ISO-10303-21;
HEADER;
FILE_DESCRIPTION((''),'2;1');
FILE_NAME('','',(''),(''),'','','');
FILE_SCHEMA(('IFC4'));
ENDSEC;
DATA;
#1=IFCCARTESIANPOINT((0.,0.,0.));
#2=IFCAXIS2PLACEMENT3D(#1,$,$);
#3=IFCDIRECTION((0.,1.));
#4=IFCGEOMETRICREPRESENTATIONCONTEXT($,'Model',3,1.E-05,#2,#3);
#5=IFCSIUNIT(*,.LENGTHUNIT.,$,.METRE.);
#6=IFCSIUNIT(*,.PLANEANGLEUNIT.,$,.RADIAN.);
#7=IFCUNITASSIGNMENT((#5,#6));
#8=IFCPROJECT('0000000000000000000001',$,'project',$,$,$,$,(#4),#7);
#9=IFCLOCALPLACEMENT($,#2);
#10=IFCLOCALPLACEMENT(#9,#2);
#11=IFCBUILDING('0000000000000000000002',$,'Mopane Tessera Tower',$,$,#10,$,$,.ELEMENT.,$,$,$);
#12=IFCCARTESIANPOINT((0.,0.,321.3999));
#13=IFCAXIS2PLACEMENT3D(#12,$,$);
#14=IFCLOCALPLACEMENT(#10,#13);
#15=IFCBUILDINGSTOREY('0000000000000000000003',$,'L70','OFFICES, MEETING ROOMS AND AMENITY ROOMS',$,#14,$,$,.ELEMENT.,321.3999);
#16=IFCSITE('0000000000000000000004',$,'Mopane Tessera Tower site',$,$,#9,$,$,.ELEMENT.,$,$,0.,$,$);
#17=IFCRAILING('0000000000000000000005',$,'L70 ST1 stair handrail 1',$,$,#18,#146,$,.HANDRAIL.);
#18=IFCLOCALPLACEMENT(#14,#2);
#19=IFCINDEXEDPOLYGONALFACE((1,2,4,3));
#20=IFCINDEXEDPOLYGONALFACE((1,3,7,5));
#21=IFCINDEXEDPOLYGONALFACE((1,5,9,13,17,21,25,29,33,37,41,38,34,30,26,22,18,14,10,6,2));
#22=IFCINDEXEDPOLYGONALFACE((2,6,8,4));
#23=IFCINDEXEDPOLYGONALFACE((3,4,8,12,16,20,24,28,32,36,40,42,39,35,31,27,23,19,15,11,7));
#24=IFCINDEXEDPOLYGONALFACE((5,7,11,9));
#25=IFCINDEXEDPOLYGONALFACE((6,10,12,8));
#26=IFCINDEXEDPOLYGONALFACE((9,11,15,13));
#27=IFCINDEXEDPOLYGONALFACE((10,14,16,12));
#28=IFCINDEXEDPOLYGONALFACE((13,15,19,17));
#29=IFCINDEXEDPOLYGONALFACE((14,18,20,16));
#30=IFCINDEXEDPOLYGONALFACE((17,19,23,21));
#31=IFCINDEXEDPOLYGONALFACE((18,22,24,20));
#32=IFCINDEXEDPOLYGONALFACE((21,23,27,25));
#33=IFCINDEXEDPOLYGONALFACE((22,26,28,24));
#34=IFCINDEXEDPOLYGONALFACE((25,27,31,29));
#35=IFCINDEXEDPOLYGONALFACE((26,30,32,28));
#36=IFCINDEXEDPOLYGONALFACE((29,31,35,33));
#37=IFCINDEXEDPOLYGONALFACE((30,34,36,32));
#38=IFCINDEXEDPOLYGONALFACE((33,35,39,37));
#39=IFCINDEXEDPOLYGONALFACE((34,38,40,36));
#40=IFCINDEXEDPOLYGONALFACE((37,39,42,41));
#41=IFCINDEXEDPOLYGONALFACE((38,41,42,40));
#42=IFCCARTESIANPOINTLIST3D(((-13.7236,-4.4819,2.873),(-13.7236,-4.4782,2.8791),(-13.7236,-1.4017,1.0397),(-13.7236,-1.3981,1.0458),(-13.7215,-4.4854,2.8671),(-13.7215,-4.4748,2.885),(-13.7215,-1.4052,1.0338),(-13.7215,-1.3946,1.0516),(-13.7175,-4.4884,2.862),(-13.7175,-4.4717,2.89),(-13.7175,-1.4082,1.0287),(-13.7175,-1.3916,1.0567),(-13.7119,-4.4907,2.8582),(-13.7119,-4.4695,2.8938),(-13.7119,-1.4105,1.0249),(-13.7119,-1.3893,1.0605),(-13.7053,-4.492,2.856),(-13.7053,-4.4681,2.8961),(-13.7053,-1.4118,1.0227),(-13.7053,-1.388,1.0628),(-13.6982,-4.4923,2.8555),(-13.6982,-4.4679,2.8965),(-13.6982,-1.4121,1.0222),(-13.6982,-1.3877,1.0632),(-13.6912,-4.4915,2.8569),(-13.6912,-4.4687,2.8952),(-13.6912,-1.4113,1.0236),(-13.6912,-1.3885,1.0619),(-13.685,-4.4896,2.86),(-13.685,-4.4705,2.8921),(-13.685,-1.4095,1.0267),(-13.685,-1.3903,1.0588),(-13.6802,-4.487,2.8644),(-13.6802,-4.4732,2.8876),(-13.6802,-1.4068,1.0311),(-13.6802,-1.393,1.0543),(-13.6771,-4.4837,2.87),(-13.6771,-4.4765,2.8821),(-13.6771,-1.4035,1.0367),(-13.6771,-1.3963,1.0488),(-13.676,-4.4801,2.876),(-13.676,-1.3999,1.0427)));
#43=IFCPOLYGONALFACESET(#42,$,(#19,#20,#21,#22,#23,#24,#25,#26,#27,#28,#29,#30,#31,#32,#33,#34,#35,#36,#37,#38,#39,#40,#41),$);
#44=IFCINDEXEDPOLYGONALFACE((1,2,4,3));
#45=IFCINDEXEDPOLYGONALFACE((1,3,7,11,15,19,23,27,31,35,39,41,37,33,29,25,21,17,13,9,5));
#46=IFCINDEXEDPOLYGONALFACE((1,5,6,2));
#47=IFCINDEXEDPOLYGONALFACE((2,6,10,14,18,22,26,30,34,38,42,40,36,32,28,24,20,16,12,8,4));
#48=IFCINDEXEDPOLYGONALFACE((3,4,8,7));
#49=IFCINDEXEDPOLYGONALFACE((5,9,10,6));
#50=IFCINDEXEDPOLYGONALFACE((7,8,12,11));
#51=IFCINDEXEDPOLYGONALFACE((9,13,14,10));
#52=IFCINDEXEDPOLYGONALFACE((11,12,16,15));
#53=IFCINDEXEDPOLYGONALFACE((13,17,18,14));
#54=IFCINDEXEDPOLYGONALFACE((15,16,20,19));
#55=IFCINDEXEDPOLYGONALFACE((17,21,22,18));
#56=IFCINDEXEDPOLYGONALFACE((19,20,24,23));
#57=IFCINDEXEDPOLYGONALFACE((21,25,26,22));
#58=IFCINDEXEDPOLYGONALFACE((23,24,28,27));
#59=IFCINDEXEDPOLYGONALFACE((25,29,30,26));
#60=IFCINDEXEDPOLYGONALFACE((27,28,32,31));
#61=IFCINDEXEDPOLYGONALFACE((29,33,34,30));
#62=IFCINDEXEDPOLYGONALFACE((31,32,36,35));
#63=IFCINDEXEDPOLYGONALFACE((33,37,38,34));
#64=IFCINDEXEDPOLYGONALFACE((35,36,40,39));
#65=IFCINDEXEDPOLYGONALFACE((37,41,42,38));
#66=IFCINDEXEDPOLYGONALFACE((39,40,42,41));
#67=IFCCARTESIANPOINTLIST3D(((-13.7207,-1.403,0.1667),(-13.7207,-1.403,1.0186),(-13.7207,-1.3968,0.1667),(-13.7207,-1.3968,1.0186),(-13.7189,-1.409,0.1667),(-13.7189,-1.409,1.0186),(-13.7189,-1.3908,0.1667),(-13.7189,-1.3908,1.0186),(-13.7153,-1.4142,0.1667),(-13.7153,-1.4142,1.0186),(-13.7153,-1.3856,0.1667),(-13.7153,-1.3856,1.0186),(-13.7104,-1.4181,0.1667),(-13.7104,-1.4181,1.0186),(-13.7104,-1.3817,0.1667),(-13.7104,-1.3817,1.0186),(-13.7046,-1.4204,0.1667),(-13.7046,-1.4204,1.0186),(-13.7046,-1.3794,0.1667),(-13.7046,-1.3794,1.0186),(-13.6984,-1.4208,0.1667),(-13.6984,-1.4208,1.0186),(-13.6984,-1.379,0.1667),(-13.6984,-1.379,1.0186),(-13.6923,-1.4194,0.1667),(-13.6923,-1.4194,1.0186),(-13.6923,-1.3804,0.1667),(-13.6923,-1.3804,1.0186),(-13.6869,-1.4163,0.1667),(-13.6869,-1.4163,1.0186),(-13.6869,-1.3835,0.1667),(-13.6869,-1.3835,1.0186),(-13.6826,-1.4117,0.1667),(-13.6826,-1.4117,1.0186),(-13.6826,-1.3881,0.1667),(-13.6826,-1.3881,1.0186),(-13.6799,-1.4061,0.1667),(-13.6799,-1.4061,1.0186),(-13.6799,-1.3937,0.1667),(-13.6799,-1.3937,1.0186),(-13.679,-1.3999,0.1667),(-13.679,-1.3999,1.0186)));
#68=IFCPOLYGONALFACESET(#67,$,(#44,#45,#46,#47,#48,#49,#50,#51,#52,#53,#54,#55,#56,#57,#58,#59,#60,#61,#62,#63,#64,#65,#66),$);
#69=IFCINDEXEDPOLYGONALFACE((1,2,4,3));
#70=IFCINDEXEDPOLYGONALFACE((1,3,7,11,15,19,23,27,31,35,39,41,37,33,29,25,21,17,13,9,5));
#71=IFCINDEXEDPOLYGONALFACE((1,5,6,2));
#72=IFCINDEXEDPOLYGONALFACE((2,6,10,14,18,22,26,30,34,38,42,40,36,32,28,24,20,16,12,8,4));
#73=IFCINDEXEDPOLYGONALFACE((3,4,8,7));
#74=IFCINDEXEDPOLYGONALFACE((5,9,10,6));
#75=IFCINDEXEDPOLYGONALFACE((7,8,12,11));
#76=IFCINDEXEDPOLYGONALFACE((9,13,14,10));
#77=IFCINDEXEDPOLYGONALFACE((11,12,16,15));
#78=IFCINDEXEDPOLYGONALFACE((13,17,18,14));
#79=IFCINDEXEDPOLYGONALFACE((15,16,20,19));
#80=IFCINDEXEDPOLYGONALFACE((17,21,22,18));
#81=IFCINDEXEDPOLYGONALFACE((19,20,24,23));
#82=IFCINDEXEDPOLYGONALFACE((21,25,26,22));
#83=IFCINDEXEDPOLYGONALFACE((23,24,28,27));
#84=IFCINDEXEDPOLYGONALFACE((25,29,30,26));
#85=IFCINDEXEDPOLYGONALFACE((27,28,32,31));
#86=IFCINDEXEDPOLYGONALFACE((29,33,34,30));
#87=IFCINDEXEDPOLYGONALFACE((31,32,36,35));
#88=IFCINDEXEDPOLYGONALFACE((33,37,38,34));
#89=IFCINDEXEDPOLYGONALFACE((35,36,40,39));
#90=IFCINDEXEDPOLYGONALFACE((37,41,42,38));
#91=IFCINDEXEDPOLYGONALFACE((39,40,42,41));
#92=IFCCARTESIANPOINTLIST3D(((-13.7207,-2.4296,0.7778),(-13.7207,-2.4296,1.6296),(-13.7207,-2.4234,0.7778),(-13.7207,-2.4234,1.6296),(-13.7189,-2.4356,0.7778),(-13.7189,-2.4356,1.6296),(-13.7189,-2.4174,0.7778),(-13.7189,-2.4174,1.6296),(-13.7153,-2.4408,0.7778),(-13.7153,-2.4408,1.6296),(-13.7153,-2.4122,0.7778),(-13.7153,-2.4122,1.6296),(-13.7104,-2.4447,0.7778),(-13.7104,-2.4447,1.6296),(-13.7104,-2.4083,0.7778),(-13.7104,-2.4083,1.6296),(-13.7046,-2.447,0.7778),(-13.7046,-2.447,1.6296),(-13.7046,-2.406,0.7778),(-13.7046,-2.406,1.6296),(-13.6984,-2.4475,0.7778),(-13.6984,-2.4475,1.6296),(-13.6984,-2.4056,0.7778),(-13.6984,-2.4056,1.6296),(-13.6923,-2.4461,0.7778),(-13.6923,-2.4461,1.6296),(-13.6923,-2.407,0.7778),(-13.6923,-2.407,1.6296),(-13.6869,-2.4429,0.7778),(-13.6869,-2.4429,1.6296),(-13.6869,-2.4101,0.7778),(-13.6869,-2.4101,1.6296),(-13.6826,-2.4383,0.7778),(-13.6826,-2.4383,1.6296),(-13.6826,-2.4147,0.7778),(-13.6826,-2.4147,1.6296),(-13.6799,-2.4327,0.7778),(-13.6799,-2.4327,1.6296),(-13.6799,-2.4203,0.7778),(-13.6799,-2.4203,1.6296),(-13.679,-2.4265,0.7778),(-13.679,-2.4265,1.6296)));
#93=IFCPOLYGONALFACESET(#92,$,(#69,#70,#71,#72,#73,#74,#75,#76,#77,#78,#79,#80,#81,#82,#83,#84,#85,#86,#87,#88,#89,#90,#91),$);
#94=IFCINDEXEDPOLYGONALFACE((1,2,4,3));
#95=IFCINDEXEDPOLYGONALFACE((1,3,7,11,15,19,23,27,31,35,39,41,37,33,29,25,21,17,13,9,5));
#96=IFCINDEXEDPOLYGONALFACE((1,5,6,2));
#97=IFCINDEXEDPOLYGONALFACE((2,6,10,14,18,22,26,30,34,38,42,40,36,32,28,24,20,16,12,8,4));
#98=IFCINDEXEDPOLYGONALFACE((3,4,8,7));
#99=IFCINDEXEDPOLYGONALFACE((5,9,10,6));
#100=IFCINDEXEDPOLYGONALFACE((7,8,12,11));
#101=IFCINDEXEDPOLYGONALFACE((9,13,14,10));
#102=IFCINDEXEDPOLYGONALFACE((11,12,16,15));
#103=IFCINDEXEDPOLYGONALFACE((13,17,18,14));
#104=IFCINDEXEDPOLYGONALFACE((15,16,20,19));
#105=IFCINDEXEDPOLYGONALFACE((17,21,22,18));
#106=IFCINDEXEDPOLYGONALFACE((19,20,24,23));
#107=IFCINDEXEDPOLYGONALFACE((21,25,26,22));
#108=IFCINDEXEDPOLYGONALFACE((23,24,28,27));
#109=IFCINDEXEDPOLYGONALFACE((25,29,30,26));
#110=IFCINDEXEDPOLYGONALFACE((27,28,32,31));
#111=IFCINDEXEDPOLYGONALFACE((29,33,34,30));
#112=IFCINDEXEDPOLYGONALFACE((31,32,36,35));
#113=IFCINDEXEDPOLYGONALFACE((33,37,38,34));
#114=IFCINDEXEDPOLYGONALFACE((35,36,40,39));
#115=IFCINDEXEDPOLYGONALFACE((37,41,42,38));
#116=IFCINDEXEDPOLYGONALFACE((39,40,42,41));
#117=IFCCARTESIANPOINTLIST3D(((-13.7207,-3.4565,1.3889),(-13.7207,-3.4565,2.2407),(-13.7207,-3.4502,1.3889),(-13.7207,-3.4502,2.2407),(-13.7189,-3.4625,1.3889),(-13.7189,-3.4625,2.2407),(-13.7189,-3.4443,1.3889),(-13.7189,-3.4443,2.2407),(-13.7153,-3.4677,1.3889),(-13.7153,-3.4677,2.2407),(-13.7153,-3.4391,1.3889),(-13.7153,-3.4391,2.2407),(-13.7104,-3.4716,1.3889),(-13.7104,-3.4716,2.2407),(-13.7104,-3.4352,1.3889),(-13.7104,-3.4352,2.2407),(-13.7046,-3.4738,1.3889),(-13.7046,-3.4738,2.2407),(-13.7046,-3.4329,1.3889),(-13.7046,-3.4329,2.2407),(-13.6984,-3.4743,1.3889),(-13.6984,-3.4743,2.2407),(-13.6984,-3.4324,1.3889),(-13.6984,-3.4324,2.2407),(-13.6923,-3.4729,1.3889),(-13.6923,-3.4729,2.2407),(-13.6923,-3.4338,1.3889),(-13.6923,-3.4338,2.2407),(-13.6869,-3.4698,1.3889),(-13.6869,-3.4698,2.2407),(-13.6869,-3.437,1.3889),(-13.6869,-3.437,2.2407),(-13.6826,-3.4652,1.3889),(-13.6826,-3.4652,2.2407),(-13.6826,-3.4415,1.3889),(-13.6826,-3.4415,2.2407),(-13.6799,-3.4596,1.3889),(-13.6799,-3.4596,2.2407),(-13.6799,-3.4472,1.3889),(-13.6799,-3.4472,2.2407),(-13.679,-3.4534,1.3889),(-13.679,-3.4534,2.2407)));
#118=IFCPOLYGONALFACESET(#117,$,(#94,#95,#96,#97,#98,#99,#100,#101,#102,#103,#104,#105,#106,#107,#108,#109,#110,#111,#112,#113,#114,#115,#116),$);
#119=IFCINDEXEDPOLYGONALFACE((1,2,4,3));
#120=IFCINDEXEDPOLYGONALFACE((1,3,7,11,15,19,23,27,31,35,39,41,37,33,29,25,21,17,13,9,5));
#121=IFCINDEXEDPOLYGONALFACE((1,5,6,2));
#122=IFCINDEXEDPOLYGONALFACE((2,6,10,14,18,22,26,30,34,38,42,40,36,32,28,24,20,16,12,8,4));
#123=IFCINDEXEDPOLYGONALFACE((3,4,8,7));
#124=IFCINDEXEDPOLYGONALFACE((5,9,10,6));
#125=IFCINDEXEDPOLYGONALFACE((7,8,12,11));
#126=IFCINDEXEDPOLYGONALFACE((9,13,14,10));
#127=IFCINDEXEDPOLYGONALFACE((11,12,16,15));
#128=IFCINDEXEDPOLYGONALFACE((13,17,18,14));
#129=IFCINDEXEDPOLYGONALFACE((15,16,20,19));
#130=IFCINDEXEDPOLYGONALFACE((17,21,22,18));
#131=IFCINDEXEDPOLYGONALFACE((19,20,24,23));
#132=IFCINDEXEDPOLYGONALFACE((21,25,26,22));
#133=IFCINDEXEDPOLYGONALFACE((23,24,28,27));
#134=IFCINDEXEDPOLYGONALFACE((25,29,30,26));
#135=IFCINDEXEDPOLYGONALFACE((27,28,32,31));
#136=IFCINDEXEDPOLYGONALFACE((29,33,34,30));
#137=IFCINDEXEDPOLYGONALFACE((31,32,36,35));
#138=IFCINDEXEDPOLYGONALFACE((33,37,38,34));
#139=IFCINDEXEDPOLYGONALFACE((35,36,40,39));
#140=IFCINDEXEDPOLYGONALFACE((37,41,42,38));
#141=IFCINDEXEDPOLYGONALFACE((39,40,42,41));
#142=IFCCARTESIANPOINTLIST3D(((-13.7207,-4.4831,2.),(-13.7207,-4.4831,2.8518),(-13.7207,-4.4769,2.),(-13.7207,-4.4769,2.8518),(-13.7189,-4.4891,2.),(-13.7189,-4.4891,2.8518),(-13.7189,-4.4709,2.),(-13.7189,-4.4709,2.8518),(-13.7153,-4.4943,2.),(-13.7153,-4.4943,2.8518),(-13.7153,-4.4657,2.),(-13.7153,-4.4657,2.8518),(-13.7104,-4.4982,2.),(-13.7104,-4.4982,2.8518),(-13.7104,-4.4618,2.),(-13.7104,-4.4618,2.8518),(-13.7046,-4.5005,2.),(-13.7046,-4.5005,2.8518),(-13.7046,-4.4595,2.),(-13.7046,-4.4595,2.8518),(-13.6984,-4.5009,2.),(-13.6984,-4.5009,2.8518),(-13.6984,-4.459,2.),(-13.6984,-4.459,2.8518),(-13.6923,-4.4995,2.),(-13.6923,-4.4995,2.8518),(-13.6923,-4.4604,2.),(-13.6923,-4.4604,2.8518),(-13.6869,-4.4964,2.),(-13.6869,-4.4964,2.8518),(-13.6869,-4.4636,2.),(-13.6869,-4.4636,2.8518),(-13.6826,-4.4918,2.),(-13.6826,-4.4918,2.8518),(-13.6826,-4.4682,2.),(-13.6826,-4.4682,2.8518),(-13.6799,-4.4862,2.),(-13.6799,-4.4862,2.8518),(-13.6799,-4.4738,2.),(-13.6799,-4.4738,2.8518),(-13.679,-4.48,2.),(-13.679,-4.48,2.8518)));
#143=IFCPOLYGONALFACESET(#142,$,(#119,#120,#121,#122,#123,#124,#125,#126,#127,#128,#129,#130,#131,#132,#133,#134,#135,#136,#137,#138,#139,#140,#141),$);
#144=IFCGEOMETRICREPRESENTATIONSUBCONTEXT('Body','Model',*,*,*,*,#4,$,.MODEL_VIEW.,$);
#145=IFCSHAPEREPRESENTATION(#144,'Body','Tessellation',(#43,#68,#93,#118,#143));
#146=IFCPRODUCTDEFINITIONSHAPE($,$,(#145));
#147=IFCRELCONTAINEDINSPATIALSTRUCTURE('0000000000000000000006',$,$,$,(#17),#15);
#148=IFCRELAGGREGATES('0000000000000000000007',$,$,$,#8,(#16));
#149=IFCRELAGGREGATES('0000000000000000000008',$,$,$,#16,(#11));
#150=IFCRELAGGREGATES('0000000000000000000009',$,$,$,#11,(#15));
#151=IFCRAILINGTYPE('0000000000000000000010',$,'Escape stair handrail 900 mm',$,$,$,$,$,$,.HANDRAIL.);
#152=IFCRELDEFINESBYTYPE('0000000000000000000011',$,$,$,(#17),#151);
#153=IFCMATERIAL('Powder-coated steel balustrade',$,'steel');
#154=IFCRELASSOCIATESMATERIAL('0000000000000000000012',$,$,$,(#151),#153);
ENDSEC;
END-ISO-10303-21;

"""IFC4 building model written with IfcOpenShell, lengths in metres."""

from ifc_helpers import new_model, si_unit, direction, frame, origin, origin_2d, place, context, subcontext, project, spatial, circle, extrude, material, type_object, element, save


model = new_model("IFC4")

# Units and contexts
model_context = context("Model", 3, precision=1e-05, world=origin(), true_north=direction((0.0, 1.0)))
body_context = subcontext(model_context, "Body", "Model", "MODEL_VIEW")
ifc_project = project(units=[si_unit("LENGTHUNIT", "METRE"), si_unit("PLANEANGLEUNIT", "RADIAN")], contexts=[model_context])

# Site, building, storey
site_placement = place(None, origin())
site = spatial("IfcSite", under=ifc_project, at=site_placement, Name="Mopane Tessera Tower site", CompositionType="ELEMENT", RefElevation=0.0)
building_placement = place(site_placement, origin())
building = spatial("IfcBuilding", under=site, at=building_placement, Name="Mopane Tessera Tower", CompositionType="ELEMENT")
storey_placement = place(building_placement, frame((0.0, 0.0, 321.3999)))
storey = spatial("IfcBuildingStorey", under=building, at=storey_placement, Name="L70", Description="OFFICES, MEETING ROOMS AND AMENITY ROOMS", CompositionType="ELEMENT", Elevation=321.3999)

# Railing
ifc_material_1 = material(Name="Powder-coated steel balustrade", Category="steel")
railing_type_1 = type_object("IfcRailingType", Name="Escape stair handrail 900 mm", PredefinedType="HANDRAIL", material=ifc_material_1)
railing_1_placement = place(storey_placement, frame((-13.7, -1.3999, 0.1667)))
element("IfcRailing", 1, at=railing_1_placement, inside=storey, type_object=railing_type_1, Name="L70 ST1 stair handrail 1", PredefinedType="HANDRAIL", context=body_context, shape_type="SweptSolid", body=[
    extrude(circle(Radius=0.0239, at=origin_2d()), frame((0.0, 0.0, 0.876), z_axis=(0.0, -0.859309, 0.511458), x_axis=(1.0, 0.0, 0.0)), (0.0, 0.0, 1.0), 3.5845),
    extrude(circle(Radius=0.021, at=origin_2d()), origin(), (0.0, 0.0, 1.0), 0.8518),
    extrude(circle(Radius=0.021, at=origin_2d()), frame((0.0, -1.0266, 0.6111)), (0.0, 0.0, 1.0), 0.8518),
    extrude(circle(Radius=0.021, at=origin_2d()), frame((0.0, -2.0535, 1.2222)), (0.0, 0.0, 1.0), 0.8518),
    extrude(circle(Radius=0.021, at=origin_2d()), frame((0.0, -3.0801, 1.8333)), (0.0, 0.0, 1.0), 0.8518),
])

save(model, "model.ifc")
